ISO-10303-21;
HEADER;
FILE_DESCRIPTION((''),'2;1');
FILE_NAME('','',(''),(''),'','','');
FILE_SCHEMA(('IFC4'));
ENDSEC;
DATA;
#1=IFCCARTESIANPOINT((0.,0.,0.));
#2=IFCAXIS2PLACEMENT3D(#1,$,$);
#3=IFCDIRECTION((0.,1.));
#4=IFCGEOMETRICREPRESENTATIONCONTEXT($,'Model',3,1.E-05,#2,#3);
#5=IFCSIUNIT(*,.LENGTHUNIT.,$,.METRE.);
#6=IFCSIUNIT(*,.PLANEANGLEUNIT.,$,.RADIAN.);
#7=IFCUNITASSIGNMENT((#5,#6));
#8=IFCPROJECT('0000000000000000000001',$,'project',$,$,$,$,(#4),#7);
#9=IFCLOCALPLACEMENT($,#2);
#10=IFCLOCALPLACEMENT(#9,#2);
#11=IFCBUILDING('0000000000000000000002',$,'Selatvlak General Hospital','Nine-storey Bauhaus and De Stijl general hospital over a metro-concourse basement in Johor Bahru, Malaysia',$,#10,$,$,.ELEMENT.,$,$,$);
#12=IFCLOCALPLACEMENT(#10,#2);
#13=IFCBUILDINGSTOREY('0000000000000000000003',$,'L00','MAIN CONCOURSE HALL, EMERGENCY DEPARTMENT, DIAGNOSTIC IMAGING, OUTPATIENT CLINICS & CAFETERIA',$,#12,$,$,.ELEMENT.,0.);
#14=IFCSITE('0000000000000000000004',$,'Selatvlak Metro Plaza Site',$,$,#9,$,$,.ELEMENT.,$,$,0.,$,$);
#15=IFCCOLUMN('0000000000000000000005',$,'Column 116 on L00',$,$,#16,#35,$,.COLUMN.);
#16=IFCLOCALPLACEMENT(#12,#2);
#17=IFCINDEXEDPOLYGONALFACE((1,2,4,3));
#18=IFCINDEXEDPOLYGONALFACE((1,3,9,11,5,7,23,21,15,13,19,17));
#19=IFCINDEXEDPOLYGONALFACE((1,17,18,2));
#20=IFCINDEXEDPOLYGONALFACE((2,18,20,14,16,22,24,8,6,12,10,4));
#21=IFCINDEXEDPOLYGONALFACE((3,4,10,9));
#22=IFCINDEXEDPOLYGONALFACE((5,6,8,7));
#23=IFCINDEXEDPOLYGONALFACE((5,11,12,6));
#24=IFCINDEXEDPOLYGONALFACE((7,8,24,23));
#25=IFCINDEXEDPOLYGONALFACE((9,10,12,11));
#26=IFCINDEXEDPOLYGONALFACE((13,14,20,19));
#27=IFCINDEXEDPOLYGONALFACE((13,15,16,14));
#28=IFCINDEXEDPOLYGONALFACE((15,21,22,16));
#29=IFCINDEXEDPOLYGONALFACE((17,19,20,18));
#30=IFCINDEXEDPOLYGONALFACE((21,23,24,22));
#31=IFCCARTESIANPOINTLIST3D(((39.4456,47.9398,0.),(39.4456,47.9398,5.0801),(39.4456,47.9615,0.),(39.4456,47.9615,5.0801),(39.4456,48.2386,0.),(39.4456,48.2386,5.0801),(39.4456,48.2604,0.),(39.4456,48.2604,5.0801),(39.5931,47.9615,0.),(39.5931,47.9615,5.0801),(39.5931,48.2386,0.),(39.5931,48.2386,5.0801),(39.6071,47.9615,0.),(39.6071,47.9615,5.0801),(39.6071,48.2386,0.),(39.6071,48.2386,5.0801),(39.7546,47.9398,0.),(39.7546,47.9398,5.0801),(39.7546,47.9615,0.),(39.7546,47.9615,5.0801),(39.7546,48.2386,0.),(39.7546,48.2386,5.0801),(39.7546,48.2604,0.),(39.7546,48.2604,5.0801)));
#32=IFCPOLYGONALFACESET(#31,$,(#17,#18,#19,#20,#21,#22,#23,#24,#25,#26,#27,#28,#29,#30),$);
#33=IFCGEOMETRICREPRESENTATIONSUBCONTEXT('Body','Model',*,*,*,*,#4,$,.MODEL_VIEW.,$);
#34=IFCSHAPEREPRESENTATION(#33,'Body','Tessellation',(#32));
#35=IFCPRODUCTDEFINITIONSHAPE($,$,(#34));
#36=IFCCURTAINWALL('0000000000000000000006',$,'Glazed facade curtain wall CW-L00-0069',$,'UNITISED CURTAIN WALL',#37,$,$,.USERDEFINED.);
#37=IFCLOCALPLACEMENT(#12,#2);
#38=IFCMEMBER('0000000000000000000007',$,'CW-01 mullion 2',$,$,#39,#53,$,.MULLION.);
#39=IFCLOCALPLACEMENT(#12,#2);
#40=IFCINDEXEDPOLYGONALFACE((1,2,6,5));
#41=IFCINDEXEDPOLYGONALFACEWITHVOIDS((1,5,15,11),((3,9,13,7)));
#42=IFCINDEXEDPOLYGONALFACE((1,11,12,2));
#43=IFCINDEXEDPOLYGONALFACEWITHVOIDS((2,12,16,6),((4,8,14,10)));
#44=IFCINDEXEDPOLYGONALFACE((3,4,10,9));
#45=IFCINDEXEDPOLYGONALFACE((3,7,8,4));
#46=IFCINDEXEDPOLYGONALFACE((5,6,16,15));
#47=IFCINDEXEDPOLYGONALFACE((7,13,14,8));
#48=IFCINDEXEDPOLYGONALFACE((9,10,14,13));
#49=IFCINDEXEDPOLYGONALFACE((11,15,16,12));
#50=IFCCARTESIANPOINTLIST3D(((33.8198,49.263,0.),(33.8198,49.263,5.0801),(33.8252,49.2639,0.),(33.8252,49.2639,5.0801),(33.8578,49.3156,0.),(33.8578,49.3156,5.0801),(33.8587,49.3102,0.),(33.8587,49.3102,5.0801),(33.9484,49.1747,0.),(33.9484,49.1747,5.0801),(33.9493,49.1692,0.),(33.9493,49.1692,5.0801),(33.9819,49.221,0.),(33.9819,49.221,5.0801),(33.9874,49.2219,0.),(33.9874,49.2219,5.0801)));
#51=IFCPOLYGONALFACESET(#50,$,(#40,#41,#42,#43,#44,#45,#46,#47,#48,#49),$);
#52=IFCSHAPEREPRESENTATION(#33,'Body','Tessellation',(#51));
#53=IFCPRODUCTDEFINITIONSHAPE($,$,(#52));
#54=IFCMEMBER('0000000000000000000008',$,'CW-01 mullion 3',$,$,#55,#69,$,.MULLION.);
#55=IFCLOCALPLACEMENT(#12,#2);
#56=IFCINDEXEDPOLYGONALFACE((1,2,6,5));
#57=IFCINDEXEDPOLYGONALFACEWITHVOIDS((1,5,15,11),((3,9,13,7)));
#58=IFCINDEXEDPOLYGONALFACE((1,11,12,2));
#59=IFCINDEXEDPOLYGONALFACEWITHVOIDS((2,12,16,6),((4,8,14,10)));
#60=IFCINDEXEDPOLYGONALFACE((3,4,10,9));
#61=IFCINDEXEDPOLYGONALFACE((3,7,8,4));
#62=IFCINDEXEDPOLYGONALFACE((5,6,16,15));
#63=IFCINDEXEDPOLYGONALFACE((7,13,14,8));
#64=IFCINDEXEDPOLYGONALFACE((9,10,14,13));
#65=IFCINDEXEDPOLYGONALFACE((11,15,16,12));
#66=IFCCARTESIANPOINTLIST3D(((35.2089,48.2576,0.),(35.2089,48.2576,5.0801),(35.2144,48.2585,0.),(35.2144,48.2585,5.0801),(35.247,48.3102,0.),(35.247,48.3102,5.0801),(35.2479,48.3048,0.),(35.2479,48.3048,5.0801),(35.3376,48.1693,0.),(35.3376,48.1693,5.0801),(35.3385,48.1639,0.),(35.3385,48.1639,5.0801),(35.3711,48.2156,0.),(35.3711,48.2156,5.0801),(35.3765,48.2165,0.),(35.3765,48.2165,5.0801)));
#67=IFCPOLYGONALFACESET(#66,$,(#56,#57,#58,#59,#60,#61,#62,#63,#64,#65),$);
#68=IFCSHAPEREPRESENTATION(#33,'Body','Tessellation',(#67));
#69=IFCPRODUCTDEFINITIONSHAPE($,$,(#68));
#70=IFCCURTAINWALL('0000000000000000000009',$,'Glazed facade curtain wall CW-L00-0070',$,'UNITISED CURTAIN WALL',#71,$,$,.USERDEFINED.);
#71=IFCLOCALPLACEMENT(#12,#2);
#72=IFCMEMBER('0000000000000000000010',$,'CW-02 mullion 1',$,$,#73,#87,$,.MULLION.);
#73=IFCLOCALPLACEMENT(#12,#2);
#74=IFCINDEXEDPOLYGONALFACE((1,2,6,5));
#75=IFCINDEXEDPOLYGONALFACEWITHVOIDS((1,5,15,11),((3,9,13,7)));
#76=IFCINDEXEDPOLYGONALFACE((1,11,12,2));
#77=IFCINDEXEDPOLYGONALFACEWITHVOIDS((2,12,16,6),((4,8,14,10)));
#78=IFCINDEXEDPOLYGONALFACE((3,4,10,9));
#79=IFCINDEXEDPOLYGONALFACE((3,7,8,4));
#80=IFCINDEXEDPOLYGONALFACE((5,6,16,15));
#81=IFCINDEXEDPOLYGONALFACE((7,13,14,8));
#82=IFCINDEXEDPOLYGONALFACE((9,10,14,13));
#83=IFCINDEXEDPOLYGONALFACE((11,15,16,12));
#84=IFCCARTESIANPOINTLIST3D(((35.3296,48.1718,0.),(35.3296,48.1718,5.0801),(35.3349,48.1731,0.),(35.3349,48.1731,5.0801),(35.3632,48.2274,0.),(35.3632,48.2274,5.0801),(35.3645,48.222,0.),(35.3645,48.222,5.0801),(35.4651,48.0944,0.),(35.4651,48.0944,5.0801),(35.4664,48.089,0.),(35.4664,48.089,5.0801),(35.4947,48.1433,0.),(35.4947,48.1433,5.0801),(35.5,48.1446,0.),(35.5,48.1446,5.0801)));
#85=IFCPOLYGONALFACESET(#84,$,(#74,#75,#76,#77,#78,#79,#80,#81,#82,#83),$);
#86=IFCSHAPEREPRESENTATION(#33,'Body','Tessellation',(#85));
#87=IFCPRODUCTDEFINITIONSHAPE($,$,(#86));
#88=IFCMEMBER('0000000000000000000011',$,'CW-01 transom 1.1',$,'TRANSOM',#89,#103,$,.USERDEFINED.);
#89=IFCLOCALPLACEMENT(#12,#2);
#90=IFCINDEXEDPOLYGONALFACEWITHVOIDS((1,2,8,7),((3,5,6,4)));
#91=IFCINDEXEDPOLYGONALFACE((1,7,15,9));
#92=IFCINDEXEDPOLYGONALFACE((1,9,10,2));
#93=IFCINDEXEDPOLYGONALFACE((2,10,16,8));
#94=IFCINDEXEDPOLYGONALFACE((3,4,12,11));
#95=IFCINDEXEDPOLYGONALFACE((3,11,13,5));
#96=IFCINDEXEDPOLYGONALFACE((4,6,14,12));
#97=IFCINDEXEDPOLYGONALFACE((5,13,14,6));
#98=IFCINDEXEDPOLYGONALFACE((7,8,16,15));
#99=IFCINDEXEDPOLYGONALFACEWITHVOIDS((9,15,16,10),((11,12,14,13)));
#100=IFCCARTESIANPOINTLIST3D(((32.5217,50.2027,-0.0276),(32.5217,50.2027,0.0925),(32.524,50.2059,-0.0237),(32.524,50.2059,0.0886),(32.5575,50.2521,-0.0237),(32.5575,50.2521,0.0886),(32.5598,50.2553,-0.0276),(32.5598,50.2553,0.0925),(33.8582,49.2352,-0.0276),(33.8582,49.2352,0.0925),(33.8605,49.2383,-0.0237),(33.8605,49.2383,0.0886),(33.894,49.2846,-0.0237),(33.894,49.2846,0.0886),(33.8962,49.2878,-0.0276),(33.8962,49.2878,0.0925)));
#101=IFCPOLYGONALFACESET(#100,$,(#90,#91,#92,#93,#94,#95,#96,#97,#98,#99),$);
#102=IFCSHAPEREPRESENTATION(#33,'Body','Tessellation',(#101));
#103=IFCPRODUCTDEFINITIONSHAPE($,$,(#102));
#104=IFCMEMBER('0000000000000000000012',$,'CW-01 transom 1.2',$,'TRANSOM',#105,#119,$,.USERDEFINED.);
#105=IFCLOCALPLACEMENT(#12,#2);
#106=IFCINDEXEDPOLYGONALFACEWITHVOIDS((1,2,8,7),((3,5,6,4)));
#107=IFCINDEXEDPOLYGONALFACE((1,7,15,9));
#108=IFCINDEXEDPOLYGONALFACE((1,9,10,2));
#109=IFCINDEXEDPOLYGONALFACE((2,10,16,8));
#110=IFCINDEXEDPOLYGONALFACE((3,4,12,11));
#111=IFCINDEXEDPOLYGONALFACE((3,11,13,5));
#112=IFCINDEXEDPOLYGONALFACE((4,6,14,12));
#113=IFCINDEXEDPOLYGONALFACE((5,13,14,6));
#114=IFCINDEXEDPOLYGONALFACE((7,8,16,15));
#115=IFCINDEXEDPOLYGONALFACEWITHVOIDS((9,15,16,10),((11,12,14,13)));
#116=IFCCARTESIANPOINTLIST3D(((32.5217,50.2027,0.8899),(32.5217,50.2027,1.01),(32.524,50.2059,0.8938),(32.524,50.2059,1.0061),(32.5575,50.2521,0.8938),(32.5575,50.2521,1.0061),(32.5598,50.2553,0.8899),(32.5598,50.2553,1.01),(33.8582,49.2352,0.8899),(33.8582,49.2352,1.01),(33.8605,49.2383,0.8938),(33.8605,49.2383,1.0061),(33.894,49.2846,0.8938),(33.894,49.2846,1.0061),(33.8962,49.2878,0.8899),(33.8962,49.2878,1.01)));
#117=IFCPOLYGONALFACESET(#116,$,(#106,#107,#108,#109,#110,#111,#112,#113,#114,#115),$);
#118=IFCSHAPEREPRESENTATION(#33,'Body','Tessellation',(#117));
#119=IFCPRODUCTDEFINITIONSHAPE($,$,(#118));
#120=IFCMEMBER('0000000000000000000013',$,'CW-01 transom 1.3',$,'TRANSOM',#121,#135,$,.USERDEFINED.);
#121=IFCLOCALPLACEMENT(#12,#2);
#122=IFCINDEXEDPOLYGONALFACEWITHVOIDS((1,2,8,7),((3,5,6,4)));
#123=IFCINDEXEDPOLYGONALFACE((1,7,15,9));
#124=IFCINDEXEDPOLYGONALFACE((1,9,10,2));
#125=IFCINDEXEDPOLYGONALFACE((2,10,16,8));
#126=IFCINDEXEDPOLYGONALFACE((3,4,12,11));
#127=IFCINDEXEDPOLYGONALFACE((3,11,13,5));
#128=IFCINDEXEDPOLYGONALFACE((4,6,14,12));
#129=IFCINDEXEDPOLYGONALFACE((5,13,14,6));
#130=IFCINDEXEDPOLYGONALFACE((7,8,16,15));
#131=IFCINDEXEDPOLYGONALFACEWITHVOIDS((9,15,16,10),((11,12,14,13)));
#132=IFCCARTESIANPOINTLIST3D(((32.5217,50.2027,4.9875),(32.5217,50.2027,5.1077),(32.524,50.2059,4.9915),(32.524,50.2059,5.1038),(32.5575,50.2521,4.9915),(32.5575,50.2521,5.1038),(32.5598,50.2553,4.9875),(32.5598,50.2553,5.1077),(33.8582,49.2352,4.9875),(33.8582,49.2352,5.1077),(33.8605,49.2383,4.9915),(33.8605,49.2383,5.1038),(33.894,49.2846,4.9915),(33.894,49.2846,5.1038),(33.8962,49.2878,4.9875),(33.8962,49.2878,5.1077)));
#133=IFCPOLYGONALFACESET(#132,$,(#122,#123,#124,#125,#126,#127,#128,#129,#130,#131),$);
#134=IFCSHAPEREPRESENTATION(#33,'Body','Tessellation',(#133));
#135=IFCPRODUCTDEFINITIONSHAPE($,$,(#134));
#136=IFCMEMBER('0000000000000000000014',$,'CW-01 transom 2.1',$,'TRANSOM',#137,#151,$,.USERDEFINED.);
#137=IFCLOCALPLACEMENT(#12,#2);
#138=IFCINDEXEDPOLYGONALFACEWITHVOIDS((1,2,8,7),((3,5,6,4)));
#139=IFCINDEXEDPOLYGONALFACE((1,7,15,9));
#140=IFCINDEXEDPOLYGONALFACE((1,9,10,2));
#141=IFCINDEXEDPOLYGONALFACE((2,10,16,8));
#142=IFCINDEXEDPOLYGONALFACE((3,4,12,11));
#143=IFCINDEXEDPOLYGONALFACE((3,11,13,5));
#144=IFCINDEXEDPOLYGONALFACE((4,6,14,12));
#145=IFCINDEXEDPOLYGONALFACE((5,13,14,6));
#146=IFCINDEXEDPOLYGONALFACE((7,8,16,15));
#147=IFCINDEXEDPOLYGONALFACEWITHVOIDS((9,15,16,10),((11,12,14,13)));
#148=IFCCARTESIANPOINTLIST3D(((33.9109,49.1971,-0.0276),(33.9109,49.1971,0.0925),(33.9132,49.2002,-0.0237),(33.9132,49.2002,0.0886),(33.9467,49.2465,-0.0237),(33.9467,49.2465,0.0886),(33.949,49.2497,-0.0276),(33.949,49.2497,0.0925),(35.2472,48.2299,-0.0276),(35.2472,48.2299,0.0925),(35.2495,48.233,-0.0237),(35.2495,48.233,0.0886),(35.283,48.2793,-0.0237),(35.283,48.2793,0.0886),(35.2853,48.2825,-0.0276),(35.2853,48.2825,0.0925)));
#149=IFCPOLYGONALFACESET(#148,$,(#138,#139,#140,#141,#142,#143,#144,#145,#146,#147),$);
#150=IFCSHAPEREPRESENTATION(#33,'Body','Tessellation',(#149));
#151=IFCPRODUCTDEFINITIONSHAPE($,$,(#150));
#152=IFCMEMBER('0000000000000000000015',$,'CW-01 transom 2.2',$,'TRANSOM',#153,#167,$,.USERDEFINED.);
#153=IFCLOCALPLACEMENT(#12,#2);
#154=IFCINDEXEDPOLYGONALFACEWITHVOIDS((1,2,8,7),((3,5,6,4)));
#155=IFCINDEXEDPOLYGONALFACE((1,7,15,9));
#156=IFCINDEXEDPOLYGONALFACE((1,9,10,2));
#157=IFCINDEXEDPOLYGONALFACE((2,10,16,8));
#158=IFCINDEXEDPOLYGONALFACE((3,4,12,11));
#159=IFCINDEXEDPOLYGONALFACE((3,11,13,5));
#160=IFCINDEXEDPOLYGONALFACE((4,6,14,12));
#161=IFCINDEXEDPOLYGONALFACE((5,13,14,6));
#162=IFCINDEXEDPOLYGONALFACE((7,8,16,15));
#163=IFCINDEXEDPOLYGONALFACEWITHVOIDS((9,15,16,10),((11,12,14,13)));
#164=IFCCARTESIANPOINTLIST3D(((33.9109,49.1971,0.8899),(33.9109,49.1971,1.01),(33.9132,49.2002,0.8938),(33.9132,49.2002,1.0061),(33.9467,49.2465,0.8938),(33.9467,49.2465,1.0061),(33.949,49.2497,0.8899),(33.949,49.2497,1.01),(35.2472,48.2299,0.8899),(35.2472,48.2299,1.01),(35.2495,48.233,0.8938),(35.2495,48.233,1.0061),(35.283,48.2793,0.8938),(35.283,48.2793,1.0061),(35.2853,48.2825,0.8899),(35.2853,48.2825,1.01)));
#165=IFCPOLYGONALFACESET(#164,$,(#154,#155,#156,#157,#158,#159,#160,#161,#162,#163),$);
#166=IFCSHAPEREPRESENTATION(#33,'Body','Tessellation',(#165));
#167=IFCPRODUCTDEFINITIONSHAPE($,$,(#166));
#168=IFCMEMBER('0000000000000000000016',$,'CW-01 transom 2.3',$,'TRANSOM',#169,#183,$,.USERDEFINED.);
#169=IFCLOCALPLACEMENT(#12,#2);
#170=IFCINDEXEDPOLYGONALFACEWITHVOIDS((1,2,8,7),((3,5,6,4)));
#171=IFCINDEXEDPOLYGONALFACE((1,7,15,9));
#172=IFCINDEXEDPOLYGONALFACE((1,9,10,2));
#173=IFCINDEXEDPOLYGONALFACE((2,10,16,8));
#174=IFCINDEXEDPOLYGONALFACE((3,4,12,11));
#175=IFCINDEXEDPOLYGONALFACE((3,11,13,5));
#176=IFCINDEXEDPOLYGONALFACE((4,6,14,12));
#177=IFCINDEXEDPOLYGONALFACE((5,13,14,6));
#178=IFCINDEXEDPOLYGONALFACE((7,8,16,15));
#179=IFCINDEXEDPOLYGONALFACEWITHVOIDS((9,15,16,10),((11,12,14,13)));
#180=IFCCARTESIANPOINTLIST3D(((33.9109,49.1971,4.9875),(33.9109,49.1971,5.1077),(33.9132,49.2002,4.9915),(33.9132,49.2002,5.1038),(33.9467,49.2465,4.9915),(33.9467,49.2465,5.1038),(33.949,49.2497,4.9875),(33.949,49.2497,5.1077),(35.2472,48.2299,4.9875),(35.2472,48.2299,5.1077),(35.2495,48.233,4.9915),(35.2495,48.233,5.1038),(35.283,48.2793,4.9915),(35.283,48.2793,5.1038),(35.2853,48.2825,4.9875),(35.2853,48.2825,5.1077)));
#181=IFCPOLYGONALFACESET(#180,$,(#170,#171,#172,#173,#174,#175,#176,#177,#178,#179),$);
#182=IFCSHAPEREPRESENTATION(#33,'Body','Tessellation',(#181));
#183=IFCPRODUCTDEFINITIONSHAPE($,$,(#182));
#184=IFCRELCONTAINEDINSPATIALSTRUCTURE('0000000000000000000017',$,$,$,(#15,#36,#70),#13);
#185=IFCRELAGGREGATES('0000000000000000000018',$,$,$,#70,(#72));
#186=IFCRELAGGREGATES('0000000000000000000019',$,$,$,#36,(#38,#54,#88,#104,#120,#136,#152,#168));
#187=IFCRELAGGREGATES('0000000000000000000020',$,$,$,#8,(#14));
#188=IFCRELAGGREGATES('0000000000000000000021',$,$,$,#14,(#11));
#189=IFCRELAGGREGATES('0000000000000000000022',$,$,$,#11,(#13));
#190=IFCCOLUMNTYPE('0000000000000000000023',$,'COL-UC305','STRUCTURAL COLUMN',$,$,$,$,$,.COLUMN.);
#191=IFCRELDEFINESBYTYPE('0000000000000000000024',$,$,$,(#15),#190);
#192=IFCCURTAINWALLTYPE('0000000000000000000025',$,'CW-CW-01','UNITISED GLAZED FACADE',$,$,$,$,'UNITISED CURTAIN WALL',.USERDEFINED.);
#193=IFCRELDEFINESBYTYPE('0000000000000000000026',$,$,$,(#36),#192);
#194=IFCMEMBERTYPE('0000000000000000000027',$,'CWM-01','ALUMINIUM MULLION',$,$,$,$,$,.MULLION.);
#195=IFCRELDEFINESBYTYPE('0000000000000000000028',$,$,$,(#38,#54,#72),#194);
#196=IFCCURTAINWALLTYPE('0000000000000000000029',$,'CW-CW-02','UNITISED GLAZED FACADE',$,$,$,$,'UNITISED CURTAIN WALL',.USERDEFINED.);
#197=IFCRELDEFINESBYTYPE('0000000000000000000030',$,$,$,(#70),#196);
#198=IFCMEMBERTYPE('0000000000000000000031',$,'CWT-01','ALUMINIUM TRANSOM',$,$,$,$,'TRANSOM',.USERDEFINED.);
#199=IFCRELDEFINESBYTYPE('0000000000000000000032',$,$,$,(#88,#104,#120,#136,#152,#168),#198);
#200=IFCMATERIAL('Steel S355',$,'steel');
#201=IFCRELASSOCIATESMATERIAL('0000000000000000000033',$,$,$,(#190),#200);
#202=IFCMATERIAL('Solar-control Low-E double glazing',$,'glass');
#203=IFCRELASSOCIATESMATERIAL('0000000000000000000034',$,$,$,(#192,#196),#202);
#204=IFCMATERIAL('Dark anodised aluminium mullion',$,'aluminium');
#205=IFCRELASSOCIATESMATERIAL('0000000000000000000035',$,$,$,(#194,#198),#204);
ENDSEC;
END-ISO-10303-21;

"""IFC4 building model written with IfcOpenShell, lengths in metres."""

from ifc_helpers import new_model, si_unit, direction, frame, origin, origin_2d, place, context, subcontext, project, spatial, hollow_rectangle, i_section, extrude, material, material_profile, profile_set, type_object, element, aggregate, save


model = new_model("IFC4")

# Units and contexts
model_context = context("Model", 3, precision=1e-05, world=origin(), true_north=direction((0.0, 1.0)))
body_context = subcontext(model_context, "Body", "Model", "MODEL_VIEW")
ifc_project = project(units=[si_unit("LENGTHUNIT", "METRE"), si_unit("PLANEANGLEUNIT", "RADIAN")], contexts=[model_context])

# Site, building, storey
site_placement = place(None, origin())
site = spatial("IfcSite", under=ifc_project, at=site_placement, Name="Selatvlak Metro Plaza Site", CompositionType="ELEMENT", RefElevation=0.0)
building_placement = place(site_placement, origin())
building = spatial("IfcBuilding", under=site, at=building_placement, Name="Selatvlak General Hospital", Description="Nine-storey Bauhaus and De Stijl general hospital over a metro-concourse basement in Johor Bahru, Malaysia", CompositionType="ELEMENT")
storey_placement = place(building_placement, origin())
storey = spatial("IfcBuildingStorey", under=building, at=storey_placement, Name="L00", Description="MAIN CONCOURSE HALL, EMERGENCY DEPARTMENT, DIAGNOSTIC IMAGING, OUTPATIENT CLINICS & CAFETERIA", CompositionType="ELEMENT", Elevation=0.0)

# Column
ifc_material_1 = material(Name="Steel S355", Category="steel")
ifc_material_profile_1 = material_profile(ifc_material_1, i_section(OverallWidth=0.3091, OverallDepth=0.3206, WebThickness=0.0139, FlangeThickness=0.0217, at=origin_2d()), Name="UC 305x305x137")
ifc_profile_set_1 = profile_set([ifc_material_profile_1], Name="Steel S355")
column_type = type_object("IfcColumnType", Name="COL-UC305", Description="STRUCTURAL COLUMN", PredefinedType="COLUMN", material=ifc_profile_set_1)
column_placement = place(storey_placement, frame((39.6001, 48.1001, 0.0), z_axis=(0.0, 0.0, 1.0), x_axis=(1.0, 0.0, 0.0)))
element("IfcColumn", 1, at=column_placement, inside=storey, type_object=column_type, Name="Column 116 on L00", PredefinedType="COLUMN", context=body_context, shape_type="SweptSolid", body=[
    extrude(i_section(OverallWidth=0.3091, OverallDepth=0.3206, WebThickness=0.0139, FlangeThickness=0.0217, at=origin_2d()), origin(), (0.0, 0.0, 1.0), 5.0801),
])

# Curtain wall, members
ifc_material_2 = material(Name="Solar-control Low-E double glazing", Category="glass")
curtain_wall_type_1 = type_object("IfcCurtainWallType", Name="CW-CW-01", Description="UNITISED GLAZED FACADE", ElementType="UNITISED CURTAIN WALL", PredefinedType="USERDEFINED", material=ifc_material_2)
curtain_wall_1_placement = place(storey_placement, origin())
curtain_wall_1 = element("IfcCurtainWall", 2, at=curtain_wall_1_placement, inside=storey, type_object=curtain_wall_type_1, Name="Glazed facade curtain wall CW-L00-0069", ObjectType="UNITISED CURTAIN WALL", PredefinedType="USERDEFINED")
ifc_material_3 = material(Name="Dark anodised aluminium mullion", Category="aluminium")
ifc_material_profile_2 = material_profile(ifc_material_3, hollow_rectangle(XDim=0.0649, YDim=0.1599, WallThickness=0.0039, at=origin_2d()), Name="AL-MUL 65x160x4")
ifc_profile_set_2 = profile_set([ifc_material_profile_2], Name="Dark anodised aluminium mullion")
member_type_1 = type_object("IfcMemberType", Name="CWM-01", Description="ALUMINIUM MULLION", PredefinedType="MULLION", material=ifc_profile_set_2)
member_1_placement = place(storey_placement, frame((33.9036, 49.2424, 0.0), z_axis=(0.0, 0.0, 1.0), x_axis=(0.586316, 0.810083, 0.0)))
member_1 = element("IfcMember", 3, at=member_1_placement, type_object=member_type_1, Name="CW-01 mullion 2", PredefinedType="MULLION", context=body_context, shape_type="SweptSolid", body=[
    extrude(hollow_rectangle(XDim=0.0649, YDim=0.1599, WallThickness=0.0039, at=origin_2d()), origin(), (0.0, 0.0, 1.0), 5.0801),
])
member_2_placement = place(storey_placement, frame((35.2927, 48.2371, 0.0), z_axis=(0.0, 0.0, 1.0), x_axis=(0.586316, 0.810083, 0.0)))
member_2 = element("IfcMember", 4, at=member_2_placement, type_object=member_type_1, Name="CW-01 mullion 3", PredefinedType="MULLION", context=body_context, shape_type="SweptSolid", body=[
    extrude(hollow_rectangle(XDim=0.0649, YDim=0.1599, WallThickness=0.0039, at=origin_2d()), origin(), (0.0, 0.0, 1.0), 5.0801),
])

# Curtain wall, member
curtain_wall_type_2 = type_object("IfcCurtainWallType", Name="CW-CW-02", Description="UNITISED GLAZED FACADE", ElementType="UNITISED CURTAIN WALL", PredefinedType="USERDEFINED", material=ifc_material_2)
curtain_wall_2_placement = place(storey_placement, origin())
curtain_wall_2 = element("IfcCurtainWall", 5, at=curtain_wall_2_placement, inside=storey, type_object=curtain_wall_type_2, Name="Glazed facade curtain wall CW-L00-0070", ObjectType="UNITISED CURTAIN WALL", PredefinedType="USERDEFINED")
member_3_placement = place(storey_placement, frame((35.4148, 48.1582, 0.0), z_axis=(0.0, 0.0, 1.0), x_axis=(0.517384, 0.855753, 0.0)))
member_3 = element("IfcMember", 6, at=member_3_placement, type_object=member_type_1, Name="CW-02 mullion 1", PredefinedType="MULLION", context=body_context, shape_type="SweptSolid", body=[
    extrude(hollow_rectangle(XDim=0.0649, YDim=0.1599, WallThickness=0.0039, at=origin_2d()), origin(), (0.0, 0.0, 1.0), 5.0801),
])

# Members
ifc_material_profile_3 = material_profile(ifc_material_3, hollow_rectangle(XDim=0.0649, YDim=0.1201, WallThickness=0.0039, at=origin_2d()), Name="AL-TRN 65x120x4")
ifc_profile_set_3 = profile_set([ifc_material_profile_3], Name="Dark anodised aluminium mullion")
member_type_2 = type_object("IfcMemberType", Name="CWT-01", Description="ALUMINIUM TRANSOM", ElementType="TRANSOM", PredefinedType="USERDEFINED", material=ifc_profile_set_3)
member_4_placement = place(storey_placement, frame((32.5408, 50.229, 0.0325), z_axis=(0.810008, -0.586419, 0.0), x_axis=(0.586419, 0.810008, 0.0)))
member_4 = element("IfcMember", 7, at=member_4_placement, type_object=member_type_2, Name="CW-01 transom 1.1", ObjectType="TRANSOM", PredefinedType="USERDEFINED", context=body_context, shape_type="SweptSolid", body=[
    extrude(hollow_rectangle(XDim=0.0649, YDim=0.1201, WallThickness=0.0039, at=origin_2d()), origin(), (0.0, 0.0, 1.0), 1.6499),
])
member_5_placement = place(storey_placement, frame((32.5408, 50.229, 0.95), z_axis=(0.810008, -0.586419, 0.0), x_axis=(0.586419, 0.810008, 0.0)))
member_5 = element("IfcMember", 8, at=member_5_placement, type_object=member_type_2, Name="CW-01 transom 1.2", ObjectType="TRANSOM", PredefinedType="USERDEFINED", context=body_context, shape_type="SweptSolid", body=[
    extrude(hollow_rectangle(XDim=0.0649, YDim=0.1201, WallThickness=0.0039, at=origin_2d()), origin(), (0.0, 0.0, 1.0), 1.6499),
])
member_6_placement = place(storey_placement, frame((32.5408, 50.229, 5.0476), z_axis=(0.810008, -0.586419, 0.0), x_axis=(0.586419, 0.810008, 0.0)))
member_6 = element("IfcMember", 9, at=member_6_placement, type_object=member_type_2, Name="CW-01 transom 1.3", ObjectType="TRANSOM", PredefinedType="USERDEFINED", context=body_context, shape_type="SweptSolid", body=[
    extrude(hollow_rectangle(XDim=0.0649, YDim=0.1201, WallThickness=0.0039, at=origin_2d()), origin(), (0.0, 0.0, 1.0), 1.6499),
])
member_7_placement = place(storey_placement, frame((33.9299, 49.2234, 0.0325), z_axis=(0.810078, -0.586322, 0.0), x_axis=(0.586322, 0.810078, 0.0)))
member_7 = element("IfcMember", 10, at=member_7_placement, type_object=member_type_2, Name="CW-01 transom 2.1", ObjectType="TRANSOM", PredefinedType="USERDEFINED", context=body_context, shape_type="SweptSolid", body=[
    extrude(hollow_rectangle(XDim=0.0649, YDim=0.1201, WallThickness=0.0039, at=origin_2d()), origin(), (0.0, 0.0, 1.0), 1.6497),
])
member_8_placement = place(storey_placement, frame((33.9299, 49.2234, 0.95), z_axis=(0.810078, -0.586322, 0.0), x_axis=(0.586322, 0.810078, 0.0)))
member_8 = element("IfcMember", 11, at=member_8_placement, type_object=member_type_2, Name="CW-01 transom 2.2", ObjectType="TRANSOM", PredefinedType="USERDEFINED", context=body_context, shape_type="SweptSolid", body=[
    extrude(hollow_rectangle(XDim=0.0649, YDim=0.1201, WallThickness=0.0039, at=origin_2d()), origin(), (0.0, 0.0, 1.0), 1.6497),
])
member_9_placement = place(storey_placement, frame((33.9299, 49.2234, 5.0476), z_axis=(0.810078, -0.586322, 0.0), x_axis=(0.586322, 0.810078, 0.0)))
member_9 = element("IfcMember", 12, at=member_9_placement, type_object=member_type_2, Name="CW-01 transom 2.3", ObjectType="TRANSOM", PredefinedType="USERDEFINED", context=body_context, shape_type="SweptSolid", body=[
    extrude(hollow_rectangle(XDim=0.0649, YDim=0.1201, WallThickness=0.0039, at=origin_2d()), origin(), (0.0, 0.0, 1.0), 1.6497),
])
aggregate(curtain_wall_2, [member_3])

aggregate(curtain_wall_1, [member_1, member_2, member_4, member_5, member_6, member_7, member_8, member_9])

save(model, "model.ifc")
